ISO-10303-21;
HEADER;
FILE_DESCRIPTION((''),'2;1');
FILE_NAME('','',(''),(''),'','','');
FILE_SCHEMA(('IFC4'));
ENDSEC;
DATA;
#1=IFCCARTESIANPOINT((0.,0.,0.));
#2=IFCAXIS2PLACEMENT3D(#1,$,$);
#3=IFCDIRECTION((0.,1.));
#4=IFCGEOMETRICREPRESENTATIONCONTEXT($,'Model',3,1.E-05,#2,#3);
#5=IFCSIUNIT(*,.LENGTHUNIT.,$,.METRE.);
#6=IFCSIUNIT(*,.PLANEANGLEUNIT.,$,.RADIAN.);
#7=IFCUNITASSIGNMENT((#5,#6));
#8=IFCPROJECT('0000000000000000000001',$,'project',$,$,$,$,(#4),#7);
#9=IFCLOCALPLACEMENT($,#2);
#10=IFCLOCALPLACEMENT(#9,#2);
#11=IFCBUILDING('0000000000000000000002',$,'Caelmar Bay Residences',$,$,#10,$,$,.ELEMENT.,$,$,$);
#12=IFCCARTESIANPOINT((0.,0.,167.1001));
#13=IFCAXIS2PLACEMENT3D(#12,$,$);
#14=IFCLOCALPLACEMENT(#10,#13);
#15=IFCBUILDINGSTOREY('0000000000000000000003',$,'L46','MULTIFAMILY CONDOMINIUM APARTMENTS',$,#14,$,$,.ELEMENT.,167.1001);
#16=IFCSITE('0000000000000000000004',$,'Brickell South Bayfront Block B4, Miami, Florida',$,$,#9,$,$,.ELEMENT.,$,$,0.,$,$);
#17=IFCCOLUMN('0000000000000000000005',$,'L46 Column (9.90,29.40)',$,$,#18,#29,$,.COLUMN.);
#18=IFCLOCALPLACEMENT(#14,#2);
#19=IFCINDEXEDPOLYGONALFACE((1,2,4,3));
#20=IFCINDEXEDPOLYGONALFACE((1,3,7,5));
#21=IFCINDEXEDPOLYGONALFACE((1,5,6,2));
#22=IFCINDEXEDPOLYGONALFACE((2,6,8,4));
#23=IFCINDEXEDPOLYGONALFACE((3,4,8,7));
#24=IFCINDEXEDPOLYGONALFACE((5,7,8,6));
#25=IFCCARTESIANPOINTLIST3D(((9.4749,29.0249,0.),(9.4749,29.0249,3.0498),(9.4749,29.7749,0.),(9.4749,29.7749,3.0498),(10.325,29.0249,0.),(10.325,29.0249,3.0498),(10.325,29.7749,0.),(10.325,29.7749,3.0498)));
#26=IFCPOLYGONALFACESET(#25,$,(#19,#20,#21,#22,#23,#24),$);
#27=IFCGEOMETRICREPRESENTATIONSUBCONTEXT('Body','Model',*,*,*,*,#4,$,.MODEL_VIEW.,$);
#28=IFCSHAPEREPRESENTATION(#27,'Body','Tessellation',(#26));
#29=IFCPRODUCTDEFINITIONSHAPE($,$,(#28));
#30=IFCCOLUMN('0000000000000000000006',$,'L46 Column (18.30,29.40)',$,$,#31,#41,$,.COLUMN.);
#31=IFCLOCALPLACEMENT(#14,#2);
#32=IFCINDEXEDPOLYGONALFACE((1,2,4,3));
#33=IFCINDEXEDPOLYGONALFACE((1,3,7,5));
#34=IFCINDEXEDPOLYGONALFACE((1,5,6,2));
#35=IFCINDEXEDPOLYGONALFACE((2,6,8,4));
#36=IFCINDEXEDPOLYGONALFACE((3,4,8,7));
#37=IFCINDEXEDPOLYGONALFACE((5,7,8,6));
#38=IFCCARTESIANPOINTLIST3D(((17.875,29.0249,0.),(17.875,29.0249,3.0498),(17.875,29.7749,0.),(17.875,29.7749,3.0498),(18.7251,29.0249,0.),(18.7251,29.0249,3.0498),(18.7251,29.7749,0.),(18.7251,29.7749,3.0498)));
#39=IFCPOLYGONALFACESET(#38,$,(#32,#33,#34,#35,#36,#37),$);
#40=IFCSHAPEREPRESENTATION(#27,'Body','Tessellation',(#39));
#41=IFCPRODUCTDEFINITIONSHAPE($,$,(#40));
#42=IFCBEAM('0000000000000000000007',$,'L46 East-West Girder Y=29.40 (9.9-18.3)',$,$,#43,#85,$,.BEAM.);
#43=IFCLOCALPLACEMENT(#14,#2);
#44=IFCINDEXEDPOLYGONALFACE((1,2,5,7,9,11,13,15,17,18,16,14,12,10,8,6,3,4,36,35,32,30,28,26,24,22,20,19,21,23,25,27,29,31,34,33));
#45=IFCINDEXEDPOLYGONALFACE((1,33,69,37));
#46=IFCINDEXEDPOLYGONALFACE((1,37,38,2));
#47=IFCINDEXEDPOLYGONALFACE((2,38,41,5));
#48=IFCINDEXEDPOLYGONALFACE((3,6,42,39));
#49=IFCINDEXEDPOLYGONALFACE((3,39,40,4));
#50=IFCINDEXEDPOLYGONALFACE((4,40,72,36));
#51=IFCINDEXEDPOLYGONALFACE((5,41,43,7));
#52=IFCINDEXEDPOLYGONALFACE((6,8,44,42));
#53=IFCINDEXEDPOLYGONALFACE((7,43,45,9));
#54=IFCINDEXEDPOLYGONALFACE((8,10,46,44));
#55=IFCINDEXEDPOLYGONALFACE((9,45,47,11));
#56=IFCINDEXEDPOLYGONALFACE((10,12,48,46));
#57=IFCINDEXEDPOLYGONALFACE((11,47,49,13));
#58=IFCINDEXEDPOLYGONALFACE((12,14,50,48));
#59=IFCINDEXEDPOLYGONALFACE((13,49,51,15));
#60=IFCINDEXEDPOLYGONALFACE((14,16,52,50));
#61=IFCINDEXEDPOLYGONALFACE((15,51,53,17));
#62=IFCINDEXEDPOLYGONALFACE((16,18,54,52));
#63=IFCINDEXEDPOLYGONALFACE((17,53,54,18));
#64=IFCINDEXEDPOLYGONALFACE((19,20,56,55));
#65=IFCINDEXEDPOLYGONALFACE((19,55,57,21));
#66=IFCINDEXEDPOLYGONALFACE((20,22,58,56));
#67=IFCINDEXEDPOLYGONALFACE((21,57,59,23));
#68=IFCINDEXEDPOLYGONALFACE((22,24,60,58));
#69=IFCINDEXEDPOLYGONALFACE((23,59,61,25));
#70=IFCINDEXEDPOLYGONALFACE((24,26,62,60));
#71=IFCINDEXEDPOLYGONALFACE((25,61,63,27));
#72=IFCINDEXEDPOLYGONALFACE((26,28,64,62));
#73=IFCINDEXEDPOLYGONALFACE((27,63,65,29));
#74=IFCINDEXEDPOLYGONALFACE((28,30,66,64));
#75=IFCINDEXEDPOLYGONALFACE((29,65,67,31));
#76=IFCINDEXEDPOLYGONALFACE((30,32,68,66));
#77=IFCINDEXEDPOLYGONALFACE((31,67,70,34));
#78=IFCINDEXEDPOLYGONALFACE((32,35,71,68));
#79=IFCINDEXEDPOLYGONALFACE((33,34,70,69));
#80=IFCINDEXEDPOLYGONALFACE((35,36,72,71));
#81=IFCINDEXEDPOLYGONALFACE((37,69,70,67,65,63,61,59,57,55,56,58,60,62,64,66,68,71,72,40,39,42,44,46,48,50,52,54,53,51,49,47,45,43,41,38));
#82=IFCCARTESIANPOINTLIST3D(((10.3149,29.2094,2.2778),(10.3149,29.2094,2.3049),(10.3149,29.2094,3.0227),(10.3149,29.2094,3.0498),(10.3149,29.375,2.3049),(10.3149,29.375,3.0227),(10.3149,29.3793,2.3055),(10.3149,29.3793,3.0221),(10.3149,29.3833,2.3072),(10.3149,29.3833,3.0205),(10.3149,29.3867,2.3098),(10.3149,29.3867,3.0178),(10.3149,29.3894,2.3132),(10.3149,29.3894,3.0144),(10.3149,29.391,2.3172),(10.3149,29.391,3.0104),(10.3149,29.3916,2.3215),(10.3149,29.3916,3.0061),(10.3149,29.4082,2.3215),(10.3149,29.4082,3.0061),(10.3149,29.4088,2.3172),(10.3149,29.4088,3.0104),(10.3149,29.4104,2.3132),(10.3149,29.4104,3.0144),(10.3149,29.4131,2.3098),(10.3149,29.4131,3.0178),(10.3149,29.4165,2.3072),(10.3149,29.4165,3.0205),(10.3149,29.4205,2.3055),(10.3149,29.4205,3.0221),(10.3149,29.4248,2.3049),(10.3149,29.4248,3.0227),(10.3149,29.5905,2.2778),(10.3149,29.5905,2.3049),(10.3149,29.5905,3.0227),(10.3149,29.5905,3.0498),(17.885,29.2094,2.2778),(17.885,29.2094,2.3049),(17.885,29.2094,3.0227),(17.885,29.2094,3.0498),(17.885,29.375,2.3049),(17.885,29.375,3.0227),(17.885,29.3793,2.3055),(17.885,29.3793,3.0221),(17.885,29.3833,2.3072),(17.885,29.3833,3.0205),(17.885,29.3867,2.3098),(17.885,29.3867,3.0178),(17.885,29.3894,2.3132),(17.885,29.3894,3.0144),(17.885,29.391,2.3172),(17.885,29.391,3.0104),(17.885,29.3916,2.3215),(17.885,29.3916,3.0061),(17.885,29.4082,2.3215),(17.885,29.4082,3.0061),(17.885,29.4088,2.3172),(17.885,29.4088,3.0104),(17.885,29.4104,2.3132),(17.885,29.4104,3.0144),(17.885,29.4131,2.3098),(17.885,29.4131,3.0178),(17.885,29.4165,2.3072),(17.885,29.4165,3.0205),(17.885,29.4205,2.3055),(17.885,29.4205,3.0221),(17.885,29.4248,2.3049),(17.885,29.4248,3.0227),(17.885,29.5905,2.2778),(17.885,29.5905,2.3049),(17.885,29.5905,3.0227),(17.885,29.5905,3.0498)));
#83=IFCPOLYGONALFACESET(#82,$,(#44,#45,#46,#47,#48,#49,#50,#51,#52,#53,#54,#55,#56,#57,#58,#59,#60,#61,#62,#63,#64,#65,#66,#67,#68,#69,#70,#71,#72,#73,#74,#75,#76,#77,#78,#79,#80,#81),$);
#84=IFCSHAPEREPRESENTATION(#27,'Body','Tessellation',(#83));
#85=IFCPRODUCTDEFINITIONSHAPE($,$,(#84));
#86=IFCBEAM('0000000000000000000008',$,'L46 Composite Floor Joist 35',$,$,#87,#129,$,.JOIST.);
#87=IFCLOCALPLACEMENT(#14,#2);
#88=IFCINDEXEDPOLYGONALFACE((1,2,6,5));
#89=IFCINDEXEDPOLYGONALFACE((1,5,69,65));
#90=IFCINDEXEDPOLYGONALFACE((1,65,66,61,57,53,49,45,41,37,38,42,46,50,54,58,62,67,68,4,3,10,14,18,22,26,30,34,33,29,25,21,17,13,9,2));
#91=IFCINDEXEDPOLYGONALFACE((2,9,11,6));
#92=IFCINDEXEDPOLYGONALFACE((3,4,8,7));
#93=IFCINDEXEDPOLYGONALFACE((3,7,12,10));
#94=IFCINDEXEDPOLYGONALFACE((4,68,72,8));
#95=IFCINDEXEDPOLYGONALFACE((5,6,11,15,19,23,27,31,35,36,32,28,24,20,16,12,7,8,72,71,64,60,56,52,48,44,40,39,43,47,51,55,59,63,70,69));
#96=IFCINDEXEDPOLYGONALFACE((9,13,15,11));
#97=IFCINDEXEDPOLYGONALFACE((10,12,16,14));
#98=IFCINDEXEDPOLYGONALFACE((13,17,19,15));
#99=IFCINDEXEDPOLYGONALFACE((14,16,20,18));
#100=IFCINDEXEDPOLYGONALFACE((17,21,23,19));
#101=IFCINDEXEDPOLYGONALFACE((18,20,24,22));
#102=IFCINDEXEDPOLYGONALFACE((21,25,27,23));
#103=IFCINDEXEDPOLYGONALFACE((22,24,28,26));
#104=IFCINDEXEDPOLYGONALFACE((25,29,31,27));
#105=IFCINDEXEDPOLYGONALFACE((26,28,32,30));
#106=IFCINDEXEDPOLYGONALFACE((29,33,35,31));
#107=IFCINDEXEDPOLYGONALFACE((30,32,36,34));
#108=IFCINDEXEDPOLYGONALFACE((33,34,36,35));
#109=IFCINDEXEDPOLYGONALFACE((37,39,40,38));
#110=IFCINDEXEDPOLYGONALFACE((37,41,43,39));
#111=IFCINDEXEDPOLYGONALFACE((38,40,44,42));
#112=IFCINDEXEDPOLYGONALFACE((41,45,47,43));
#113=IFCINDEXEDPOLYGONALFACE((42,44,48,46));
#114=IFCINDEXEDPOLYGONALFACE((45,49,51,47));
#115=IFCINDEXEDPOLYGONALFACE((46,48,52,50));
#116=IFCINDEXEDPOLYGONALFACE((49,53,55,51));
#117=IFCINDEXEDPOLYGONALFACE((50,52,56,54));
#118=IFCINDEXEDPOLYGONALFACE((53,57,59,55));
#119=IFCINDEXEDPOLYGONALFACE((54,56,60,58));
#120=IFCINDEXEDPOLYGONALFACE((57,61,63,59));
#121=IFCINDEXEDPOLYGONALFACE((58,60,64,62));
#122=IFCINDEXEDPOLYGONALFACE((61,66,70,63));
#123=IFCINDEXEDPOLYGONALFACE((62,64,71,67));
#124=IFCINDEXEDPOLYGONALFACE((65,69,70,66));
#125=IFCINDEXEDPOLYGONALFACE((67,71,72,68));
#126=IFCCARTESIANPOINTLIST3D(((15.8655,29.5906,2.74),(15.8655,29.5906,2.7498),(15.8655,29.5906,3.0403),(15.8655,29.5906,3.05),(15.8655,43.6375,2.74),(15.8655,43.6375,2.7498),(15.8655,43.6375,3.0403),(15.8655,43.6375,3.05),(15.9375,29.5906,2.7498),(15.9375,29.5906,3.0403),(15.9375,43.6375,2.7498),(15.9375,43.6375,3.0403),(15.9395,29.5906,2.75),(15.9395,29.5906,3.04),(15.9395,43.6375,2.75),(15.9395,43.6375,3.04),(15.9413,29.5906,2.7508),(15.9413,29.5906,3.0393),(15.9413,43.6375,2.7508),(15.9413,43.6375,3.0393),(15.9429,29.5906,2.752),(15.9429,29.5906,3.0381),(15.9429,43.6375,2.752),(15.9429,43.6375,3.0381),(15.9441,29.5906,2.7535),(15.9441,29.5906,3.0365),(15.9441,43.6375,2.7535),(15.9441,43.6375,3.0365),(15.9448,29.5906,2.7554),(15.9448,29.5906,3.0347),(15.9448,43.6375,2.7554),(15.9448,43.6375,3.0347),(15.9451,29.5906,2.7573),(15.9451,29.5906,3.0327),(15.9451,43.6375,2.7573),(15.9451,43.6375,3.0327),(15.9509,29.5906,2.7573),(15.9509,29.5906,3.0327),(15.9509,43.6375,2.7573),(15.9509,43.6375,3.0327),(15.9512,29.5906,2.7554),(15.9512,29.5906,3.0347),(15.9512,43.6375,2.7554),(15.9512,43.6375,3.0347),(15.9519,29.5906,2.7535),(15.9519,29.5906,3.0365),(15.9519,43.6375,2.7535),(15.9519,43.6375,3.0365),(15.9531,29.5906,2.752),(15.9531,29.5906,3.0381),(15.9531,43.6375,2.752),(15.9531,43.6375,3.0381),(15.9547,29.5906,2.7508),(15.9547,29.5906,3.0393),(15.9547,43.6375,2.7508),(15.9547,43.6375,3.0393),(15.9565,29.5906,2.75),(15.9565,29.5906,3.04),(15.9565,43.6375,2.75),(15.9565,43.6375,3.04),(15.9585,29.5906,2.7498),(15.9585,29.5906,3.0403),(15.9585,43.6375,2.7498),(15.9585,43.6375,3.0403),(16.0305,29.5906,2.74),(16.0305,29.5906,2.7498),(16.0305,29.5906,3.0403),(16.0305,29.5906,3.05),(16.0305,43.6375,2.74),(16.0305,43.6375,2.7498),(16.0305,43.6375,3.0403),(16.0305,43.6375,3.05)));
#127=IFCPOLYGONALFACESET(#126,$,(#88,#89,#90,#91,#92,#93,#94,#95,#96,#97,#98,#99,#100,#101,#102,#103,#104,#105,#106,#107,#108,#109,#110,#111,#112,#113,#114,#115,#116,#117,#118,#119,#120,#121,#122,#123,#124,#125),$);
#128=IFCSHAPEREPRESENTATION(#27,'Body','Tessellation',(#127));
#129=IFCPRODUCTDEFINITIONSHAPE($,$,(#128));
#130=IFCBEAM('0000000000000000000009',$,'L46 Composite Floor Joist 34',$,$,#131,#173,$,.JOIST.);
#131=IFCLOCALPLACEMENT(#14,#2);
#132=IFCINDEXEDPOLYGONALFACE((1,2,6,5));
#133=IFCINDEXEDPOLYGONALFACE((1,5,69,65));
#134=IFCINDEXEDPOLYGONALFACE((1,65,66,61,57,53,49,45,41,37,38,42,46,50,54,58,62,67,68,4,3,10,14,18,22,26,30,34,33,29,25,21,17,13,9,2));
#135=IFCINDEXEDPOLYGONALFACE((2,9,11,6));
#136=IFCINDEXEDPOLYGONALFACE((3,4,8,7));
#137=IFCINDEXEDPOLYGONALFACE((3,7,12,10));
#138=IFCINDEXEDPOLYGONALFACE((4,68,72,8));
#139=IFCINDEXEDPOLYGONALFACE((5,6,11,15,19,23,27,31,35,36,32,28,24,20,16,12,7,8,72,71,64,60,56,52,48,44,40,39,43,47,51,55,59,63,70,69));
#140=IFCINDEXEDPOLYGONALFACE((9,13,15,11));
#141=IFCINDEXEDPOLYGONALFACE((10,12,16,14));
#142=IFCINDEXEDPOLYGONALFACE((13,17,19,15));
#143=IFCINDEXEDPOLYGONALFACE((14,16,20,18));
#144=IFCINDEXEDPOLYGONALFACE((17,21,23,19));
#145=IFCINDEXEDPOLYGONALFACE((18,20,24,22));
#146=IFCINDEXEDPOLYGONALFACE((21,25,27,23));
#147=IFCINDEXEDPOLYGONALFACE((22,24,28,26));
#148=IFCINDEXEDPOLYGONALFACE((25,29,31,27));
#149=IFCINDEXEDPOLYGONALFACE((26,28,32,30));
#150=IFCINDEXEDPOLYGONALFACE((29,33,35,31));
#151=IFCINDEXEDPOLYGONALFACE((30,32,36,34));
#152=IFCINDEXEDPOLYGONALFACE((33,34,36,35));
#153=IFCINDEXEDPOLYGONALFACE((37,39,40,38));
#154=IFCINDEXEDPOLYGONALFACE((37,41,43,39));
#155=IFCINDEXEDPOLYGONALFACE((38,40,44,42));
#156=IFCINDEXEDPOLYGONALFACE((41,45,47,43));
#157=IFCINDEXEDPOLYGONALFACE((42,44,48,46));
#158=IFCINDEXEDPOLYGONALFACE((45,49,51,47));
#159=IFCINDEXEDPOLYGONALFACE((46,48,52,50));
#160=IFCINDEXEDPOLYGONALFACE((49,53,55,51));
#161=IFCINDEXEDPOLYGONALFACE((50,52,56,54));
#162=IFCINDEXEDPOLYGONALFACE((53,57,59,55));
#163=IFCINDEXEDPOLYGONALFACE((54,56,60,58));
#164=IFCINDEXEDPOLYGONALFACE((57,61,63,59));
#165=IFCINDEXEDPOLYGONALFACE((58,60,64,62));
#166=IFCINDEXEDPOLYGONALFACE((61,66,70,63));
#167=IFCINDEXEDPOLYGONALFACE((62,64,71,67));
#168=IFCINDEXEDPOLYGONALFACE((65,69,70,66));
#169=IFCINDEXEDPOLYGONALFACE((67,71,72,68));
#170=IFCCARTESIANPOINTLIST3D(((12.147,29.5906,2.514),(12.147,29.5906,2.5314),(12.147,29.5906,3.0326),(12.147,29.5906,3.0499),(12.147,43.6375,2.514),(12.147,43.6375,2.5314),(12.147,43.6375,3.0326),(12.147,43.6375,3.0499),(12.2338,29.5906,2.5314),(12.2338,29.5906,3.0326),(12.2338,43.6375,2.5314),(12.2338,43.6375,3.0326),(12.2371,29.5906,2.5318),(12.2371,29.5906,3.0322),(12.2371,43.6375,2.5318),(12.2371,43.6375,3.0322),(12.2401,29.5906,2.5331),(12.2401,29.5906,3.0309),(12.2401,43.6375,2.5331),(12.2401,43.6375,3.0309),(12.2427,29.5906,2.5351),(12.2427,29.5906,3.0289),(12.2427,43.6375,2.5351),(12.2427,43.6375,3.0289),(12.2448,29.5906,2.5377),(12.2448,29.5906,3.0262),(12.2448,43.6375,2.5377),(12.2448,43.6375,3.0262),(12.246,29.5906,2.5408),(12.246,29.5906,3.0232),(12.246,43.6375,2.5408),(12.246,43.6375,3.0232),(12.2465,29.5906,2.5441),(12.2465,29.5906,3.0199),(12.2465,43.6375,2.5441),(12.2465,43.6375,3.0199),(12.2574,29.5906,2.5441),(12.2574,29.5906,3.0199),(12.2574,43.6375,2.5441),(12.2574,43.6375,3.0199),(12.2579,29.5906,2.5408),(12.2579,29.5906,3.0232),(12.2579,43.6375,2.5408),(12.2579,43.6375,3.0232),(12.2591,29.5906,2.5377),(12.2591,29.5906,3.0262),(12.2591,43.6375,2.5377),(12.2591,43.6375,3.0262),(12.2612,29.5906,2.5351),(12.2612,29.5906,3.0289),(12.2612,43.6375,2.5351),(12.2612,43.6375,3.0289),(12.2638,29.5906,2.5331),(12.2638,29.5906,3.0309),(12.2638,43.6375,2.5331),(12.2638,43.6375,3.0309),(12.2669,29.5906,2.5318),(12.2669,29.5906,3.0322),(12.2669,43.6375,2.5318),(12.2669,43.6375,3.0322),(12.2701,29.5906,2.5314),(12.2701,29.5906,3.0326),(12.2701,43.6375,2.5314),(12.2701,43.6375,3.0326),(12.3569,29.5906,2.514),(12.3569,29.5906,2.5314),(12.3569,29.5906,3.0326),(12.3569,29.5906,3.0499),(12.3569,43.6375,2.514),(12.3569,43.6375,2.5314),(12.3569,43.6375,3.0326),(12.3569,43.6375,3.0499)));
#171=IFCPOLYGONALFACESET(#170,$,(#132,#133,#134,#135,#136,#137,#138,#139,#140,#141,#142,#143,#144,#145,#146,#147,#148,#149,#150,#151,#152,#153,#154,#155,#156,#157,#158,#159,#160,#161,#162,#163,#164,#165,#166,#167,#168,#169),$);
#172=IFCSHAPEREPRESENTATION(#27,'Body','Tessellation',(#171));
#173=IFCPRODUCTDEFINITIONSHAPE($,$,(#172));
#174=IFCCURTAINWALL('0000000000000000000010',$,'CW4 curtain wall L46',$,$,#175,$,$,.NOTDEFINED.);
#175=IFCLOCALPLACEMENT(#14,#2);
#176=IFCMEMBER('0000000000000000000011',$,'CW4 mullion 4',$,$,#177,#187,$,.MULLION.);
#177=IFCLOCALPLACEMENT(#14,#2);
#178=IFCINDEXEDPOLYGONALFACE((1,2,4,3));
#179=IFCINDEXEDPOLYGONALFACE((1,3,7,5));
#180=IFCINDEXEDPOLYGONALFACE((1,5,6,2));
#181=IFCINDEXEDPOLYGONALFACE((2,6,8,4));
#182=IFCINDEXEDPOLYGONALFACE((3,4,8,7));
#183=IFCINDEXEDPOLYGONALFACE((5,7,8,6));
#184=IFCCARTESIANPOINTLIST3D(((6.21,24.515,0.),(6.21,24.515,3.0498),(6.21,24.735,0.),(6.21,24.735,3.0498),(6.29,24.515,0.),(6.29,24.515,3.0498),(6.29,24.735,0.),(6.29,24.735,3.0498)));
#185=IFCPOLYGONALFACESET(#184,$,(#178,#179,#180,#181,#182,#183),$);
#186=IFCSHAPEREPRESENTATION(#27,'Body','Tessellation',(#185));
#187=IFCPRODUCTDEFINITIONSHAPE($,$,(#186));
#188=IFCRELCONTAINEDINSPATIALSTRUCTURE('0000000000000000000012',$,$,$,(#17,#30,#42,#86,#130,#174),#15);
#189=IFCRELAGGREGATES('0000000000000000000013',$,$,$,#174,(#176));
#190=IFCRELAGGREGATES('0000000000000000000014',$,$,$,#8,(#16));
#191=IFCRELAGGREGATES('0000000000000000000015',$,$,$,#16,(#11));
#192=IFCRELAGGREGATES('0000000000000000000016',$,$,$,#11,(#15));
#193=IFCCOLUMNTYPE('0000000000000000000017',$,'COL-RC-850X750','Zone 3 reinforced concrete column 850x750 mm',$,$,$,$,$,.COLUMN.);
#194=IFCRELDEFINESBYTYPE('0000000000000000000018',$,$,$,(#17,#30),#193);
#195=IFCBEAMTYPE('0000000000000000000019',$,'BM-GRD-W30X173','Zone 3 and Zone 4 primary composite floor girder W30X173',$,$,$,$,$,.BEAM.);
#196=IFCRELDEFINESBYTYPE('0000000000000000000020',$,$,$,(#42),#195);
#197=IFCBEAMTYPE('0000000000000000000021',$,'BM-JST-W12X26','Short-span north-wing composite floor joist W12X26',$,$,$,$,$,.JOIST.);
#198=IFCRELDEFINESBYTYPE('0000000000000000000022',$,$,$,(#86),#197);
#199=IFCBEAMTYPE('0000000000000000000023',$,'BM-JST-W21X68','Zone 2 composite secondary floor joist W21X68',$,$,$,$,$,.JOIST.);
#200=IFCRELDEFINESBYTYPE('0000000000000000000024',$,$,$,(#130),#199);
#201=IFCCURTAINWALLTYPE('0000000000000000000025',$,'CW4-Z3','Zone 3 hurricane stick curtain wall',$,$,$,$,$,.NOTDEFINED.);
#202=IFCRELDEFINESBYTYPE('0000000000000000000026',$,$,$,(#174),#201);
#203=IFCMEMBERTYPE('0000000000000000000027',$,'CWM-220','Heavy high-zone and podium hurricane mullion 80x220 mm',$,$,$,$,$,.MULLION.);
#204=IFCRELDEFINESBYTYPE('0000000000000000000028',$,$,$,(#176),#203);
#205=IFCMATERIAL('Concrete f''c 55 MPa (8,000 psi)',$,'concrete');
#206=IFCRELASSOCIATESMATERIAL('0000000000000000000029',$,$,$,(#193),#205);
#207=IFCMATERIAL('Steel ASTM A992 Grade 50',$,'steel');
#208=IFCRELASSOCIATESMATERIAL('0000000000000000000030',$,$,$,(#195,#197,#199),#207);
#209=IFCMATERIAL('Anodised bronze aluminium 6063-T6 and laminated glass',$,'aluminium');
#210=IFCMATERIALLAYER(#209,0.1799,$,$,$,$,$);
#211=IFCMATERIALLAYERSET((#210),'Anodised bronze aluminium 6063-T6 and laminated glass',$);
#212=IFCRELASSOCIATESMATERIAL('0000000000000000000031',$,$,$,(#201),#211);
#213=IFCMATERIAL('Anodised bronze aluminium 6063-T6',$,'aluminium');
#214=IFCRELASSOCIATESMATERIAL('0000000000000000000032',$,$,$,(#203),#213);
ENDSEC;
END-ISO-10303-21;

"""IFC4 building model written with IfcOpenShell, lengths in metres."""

from ifc_helpers import new_model, si_unit, direction, frame, origin, origin_2d, place, context, subcontext, project, spatial, rectangle, i_section, extrude, material, layer, layer_set, material_profile, profile_set, type_object, element, aggregate, save


model = new_model("IFC4")

# Units and contexts
model_context = context("Model", 3, precision=1e-05, world=origin(), true_north=direction((0.0, 1.0)))
body_context = subcontext(model_context, "Body", "Model", "MODEL_VIEW")
ifc_project = project(units=[si_unit("LENGTHUNIT", "METRE"), si_unit("PLANEANGLEUNIT", "RADIAN")], contexts=[model_context])

# Site, building, storey
site_placement = place(None, origin())
site = spatial("IfcSite", under=ifc_project, at=site_placement, Name="Brickell South Bayfront Block B4, Miami, Florida", CompositionType="ELEMENT", RefElevation=0.0)
building_placement = place(site_placement, origin())
building = spatial("IfcBuilding", under=site, at=building_placement, Name="Caelmar Bay Residences", CompositionType="ELEMENT")
storey_placement = place(building_placement, frame((0.0, 0.0, 167.1001)))
storey = spatial("IfcBuildingStorey", under=building, at=storey_placement, Name="L46", Description="MULTIFAMILY CONDOMINIUM APARTMENTS", CompositionType="ELEMENT", Elevation=167.1001)

# Columns
ifc_material_1 = material(Name="Concrete f'c 55 MPa (8,000 psi)", Category="concrete")
ifc_material_profile_1 = material_profile(ifc_material_1, rectangle(XDim=0.8501, YDim=0.75, at=origin_2d()), Name="RC-COL-850X750")
ifc_profile_set_1 = profile_set([ifc_material_profile_1], Name="Concrete f'c 55 MPa (8,000 psi)")
column_type = type_object("IfcColumnType", Name="COL-RC-850X750", Description="Zone 3 reinforced concrete column 850x750 mm", PredefinedType="COLUMN", material=ifc_profile_set_1)
for number, where, z_axis, x_axis, name in (
    (1, (9.8999, 29.3999, 0.0), (0.0, 0.0, 1.0), (1.0, 0.0, 0.0), "L46 Column (9.90,29.40)"),
    (2, (18.3, 29.3999, 0.0), (0.0, 0.0, 1.0), (1.0, 0.0, 0.0), "L46 Column (18.30,29.40)"),
):
    element("IfcColumn", number, at=place(storey_placement, frame(where, z_axis=z_axis, x_axis=x_axis)), inside=storey, type_object=column_type, Name=name, PredefinedType="COLUMN", context=body_context, shape_type="SweptSolid", body=[
        extrude(rectangle(XDim=0.8501, YDim=0.75, at=origin_2d()), origin(), (0.0, 0.0, 1.0), 3.0498),
    ])

# Beams
ifc_material_2 = material(Name="Steel ASTM A992 Grade 50", Category="steel")
ifc_material_profile_2 = material_profile(ifc_material_2, i_section(OverallWidth=0.3811, OverallDepth=0.772, WebThickness=0.0166, FlangeThickness=0.0271, FilletRadius=0.0166, at=origin_2d()), Name="W30X173")
ifc_profile_set_2 = profile_set([ifc_material_profile_2], Name="Steel ASTM A992 Grade 50")
beam_type_1 = type_object("IfcBeamType", Name="BM-GRD-W30X173", Description="Zone 3 and Zone 4 primary composite floor girder W30X173", PredefinedType="BEAM", material=ifc_profile_set_2)
beam_1_placement = place(storey_placement, frame((10.3149, 29.3999, 2.6638), z_axis=(1.0, 0.0, 0.0), x_axis=(0.0, 1.0, 0.0)))
element("IfcBeam", 3, at=beam_1_placement, inside=storey, type_object=beam_type_1, Name="L46 East-West Girder Y=29.40 (9.9-18.3)", PredefinedType="BEAM", context=body_context, shape_type="SweptSolid", body=[
    extrude(i_section(OverallWidth=0.3811, OverallDepth=0.772, WebThickness=0.0166, FlangeThickness=0.0271, FilletRadius=0.0166, at=origin_2d()), origin(), (0.0, 0.0, 1.0), 7.5701),
])
ifc_material_profile_3 = material_profile(ifc_material_2, i_section(OverallWidth=0.165, OverallDepth=0.3101, WebThickness=0.0059, FlangeThickness=0.0098, FilletRadius=0.0076, at=origin_2d()), Name="W12X26")
ifc_profile_set_3 = profile_set([ifc_material_profile_3], Name="Steel ASTM A992 Grade 50")
beam_type_2 = type_object("IfcBeamType", Name="BM-JST-W12X26", Description="Short-span north-wing composite floor joist W12X26", PredefinedType="JOIST", material=ifc_profile_set_3)
beam_2_placement = place(storey_placement, frame((15.948, 29.5906, 2.895), z_axis=(0.0, 1.0, 0.0), x_axis=(-1.0, 0.0, 0.0)))
element("IfcBeam", 4, at=beam_2_placement, inside=storey, type_object=beam_type_2, Name="L46 Composite Floor Joist 35", PredefinedType="JOIST", context=body_context, shape_type="SweptSolid", body=[
    extrude(i_section(OverallWidth=0.165, OverallDepth=0.3101, WebThickness=0.0059, FlangeThickness=0.0098, FilletRadius=0.0076, at=origin_2d()), origin(), (0.0, 0.0, 1.0), 14.0469),
])
ifc_material_profile_4 = material_profile(ifc_material_2, i_section(OverallWidth=0.21, OverallDepth=0.5359, WebThickness=0.011, FlangeThickness=0.0173, FilletRadius=0.0127, at=origin_2d()), Name="W21X68")
ifc_profile_set_4 = profile_set([ifc_material_profile_4], Name="Steel ASTM A992 Grade 50")
beam_type_3 = type_object("IfcBeamType", Name="BM-JST-W21X68", Description="Zone 2 composite secondary floor joist W21X68", PredefinedType="JOIST", material=ifc_profile_set_4)
beam_3_placement = place(storey_placement, frame((12.252, 29.5906, 2.782), z_axis=(0.0, 1.0, 0.0), x_axis=(-1.0, 0.0, 0.0)))
element("IfcBeam", 5, at=beam_3_placement, inside=storey, type_object=beam_type_3, Name="L46 Composite Floor Joist 34", PredefinedType="JOIST", context=body_context, shape_type="SweptSolid", body=[
    extrude(i_section(OverallWidth=0.21, OverallDepth=0.5359, WebThickness=0.011, FlangeThickness=0.0173, FilletRadius=0.0127, at=origin_2d()), origin(), (0.0, 0.0, 1.0), 14.0469),
])

# Curtain wall, member
ifc_material_3 = material(Name="Anodised bronze aluminium 6063-T6 and laminated glass", Category="aluminium")
ifc_layer_1 = layer(ifc_material_3, 0.1799)
ifc_layer_set_1 = layer_set([ifc_layer_1], Name="Anodised bronze aluminium 6063-T6 and laminated glass")
curtain_wall_type = type_object("IfcCurtainWallType", Name="CW4-Z3", Description="Zone 3 hurricane stick curtain wall", PredefinedType="NOTDEFINED", material=ifc_layer_set_1)
curtain_wall_placement = place(storey_placement, origin())
curtain_wall = element("IfcCurtainWall", 6, at=curtain_wall_placement, inside=storey, type_object=curtain_wall_type, Name="CW4 curtain wall L46", PredefinedType="NOTDEFINED")
ifc_material_4 = material(Name="Anodised bronze aluminium 6063-T6", Category="aluminium")
ifc_material_profile_5 = material_profile(ifc_material_4, rectangle(XDim=0.0801, YDim=0.22, at=origin_2d()), Name="CWM-80X220")
ifc_profile_set_5 = profile_set([ifc_material_profile_5], Name="Anodised bronze aluminium 6063-T6")
member_type_1 = type_object("IfcMemberType", Name="CWM-220", Description="Heavy high-zone and podium hurricane mullion 80x220 mm", PredefinedType="MULLION", material=ifc_profile_set_5)
member_1_placement = place(storey_placement, frame((6.25, 24.625, 0.0), z_axis=(0.0, 0.0, 1.0), x_axis=(-1.0, 0.0, 0.0)))
member_1 = element("IfcMember", 7, at=member_1_placement, type_object=member_type_1, Name="CW4 mullion 4", PredefinedType="MULLION", context=body_context, shape_type="SweptSolid", body=[
    extrude(rectangle(XDim=0.0801, YDim=0.22, at=origin_2d()), origin(), (0.0, 0.0, 1.0), 3.0498),
])
aggregate(curtain_wall, [member_1])

save(model, "model.ifc")
